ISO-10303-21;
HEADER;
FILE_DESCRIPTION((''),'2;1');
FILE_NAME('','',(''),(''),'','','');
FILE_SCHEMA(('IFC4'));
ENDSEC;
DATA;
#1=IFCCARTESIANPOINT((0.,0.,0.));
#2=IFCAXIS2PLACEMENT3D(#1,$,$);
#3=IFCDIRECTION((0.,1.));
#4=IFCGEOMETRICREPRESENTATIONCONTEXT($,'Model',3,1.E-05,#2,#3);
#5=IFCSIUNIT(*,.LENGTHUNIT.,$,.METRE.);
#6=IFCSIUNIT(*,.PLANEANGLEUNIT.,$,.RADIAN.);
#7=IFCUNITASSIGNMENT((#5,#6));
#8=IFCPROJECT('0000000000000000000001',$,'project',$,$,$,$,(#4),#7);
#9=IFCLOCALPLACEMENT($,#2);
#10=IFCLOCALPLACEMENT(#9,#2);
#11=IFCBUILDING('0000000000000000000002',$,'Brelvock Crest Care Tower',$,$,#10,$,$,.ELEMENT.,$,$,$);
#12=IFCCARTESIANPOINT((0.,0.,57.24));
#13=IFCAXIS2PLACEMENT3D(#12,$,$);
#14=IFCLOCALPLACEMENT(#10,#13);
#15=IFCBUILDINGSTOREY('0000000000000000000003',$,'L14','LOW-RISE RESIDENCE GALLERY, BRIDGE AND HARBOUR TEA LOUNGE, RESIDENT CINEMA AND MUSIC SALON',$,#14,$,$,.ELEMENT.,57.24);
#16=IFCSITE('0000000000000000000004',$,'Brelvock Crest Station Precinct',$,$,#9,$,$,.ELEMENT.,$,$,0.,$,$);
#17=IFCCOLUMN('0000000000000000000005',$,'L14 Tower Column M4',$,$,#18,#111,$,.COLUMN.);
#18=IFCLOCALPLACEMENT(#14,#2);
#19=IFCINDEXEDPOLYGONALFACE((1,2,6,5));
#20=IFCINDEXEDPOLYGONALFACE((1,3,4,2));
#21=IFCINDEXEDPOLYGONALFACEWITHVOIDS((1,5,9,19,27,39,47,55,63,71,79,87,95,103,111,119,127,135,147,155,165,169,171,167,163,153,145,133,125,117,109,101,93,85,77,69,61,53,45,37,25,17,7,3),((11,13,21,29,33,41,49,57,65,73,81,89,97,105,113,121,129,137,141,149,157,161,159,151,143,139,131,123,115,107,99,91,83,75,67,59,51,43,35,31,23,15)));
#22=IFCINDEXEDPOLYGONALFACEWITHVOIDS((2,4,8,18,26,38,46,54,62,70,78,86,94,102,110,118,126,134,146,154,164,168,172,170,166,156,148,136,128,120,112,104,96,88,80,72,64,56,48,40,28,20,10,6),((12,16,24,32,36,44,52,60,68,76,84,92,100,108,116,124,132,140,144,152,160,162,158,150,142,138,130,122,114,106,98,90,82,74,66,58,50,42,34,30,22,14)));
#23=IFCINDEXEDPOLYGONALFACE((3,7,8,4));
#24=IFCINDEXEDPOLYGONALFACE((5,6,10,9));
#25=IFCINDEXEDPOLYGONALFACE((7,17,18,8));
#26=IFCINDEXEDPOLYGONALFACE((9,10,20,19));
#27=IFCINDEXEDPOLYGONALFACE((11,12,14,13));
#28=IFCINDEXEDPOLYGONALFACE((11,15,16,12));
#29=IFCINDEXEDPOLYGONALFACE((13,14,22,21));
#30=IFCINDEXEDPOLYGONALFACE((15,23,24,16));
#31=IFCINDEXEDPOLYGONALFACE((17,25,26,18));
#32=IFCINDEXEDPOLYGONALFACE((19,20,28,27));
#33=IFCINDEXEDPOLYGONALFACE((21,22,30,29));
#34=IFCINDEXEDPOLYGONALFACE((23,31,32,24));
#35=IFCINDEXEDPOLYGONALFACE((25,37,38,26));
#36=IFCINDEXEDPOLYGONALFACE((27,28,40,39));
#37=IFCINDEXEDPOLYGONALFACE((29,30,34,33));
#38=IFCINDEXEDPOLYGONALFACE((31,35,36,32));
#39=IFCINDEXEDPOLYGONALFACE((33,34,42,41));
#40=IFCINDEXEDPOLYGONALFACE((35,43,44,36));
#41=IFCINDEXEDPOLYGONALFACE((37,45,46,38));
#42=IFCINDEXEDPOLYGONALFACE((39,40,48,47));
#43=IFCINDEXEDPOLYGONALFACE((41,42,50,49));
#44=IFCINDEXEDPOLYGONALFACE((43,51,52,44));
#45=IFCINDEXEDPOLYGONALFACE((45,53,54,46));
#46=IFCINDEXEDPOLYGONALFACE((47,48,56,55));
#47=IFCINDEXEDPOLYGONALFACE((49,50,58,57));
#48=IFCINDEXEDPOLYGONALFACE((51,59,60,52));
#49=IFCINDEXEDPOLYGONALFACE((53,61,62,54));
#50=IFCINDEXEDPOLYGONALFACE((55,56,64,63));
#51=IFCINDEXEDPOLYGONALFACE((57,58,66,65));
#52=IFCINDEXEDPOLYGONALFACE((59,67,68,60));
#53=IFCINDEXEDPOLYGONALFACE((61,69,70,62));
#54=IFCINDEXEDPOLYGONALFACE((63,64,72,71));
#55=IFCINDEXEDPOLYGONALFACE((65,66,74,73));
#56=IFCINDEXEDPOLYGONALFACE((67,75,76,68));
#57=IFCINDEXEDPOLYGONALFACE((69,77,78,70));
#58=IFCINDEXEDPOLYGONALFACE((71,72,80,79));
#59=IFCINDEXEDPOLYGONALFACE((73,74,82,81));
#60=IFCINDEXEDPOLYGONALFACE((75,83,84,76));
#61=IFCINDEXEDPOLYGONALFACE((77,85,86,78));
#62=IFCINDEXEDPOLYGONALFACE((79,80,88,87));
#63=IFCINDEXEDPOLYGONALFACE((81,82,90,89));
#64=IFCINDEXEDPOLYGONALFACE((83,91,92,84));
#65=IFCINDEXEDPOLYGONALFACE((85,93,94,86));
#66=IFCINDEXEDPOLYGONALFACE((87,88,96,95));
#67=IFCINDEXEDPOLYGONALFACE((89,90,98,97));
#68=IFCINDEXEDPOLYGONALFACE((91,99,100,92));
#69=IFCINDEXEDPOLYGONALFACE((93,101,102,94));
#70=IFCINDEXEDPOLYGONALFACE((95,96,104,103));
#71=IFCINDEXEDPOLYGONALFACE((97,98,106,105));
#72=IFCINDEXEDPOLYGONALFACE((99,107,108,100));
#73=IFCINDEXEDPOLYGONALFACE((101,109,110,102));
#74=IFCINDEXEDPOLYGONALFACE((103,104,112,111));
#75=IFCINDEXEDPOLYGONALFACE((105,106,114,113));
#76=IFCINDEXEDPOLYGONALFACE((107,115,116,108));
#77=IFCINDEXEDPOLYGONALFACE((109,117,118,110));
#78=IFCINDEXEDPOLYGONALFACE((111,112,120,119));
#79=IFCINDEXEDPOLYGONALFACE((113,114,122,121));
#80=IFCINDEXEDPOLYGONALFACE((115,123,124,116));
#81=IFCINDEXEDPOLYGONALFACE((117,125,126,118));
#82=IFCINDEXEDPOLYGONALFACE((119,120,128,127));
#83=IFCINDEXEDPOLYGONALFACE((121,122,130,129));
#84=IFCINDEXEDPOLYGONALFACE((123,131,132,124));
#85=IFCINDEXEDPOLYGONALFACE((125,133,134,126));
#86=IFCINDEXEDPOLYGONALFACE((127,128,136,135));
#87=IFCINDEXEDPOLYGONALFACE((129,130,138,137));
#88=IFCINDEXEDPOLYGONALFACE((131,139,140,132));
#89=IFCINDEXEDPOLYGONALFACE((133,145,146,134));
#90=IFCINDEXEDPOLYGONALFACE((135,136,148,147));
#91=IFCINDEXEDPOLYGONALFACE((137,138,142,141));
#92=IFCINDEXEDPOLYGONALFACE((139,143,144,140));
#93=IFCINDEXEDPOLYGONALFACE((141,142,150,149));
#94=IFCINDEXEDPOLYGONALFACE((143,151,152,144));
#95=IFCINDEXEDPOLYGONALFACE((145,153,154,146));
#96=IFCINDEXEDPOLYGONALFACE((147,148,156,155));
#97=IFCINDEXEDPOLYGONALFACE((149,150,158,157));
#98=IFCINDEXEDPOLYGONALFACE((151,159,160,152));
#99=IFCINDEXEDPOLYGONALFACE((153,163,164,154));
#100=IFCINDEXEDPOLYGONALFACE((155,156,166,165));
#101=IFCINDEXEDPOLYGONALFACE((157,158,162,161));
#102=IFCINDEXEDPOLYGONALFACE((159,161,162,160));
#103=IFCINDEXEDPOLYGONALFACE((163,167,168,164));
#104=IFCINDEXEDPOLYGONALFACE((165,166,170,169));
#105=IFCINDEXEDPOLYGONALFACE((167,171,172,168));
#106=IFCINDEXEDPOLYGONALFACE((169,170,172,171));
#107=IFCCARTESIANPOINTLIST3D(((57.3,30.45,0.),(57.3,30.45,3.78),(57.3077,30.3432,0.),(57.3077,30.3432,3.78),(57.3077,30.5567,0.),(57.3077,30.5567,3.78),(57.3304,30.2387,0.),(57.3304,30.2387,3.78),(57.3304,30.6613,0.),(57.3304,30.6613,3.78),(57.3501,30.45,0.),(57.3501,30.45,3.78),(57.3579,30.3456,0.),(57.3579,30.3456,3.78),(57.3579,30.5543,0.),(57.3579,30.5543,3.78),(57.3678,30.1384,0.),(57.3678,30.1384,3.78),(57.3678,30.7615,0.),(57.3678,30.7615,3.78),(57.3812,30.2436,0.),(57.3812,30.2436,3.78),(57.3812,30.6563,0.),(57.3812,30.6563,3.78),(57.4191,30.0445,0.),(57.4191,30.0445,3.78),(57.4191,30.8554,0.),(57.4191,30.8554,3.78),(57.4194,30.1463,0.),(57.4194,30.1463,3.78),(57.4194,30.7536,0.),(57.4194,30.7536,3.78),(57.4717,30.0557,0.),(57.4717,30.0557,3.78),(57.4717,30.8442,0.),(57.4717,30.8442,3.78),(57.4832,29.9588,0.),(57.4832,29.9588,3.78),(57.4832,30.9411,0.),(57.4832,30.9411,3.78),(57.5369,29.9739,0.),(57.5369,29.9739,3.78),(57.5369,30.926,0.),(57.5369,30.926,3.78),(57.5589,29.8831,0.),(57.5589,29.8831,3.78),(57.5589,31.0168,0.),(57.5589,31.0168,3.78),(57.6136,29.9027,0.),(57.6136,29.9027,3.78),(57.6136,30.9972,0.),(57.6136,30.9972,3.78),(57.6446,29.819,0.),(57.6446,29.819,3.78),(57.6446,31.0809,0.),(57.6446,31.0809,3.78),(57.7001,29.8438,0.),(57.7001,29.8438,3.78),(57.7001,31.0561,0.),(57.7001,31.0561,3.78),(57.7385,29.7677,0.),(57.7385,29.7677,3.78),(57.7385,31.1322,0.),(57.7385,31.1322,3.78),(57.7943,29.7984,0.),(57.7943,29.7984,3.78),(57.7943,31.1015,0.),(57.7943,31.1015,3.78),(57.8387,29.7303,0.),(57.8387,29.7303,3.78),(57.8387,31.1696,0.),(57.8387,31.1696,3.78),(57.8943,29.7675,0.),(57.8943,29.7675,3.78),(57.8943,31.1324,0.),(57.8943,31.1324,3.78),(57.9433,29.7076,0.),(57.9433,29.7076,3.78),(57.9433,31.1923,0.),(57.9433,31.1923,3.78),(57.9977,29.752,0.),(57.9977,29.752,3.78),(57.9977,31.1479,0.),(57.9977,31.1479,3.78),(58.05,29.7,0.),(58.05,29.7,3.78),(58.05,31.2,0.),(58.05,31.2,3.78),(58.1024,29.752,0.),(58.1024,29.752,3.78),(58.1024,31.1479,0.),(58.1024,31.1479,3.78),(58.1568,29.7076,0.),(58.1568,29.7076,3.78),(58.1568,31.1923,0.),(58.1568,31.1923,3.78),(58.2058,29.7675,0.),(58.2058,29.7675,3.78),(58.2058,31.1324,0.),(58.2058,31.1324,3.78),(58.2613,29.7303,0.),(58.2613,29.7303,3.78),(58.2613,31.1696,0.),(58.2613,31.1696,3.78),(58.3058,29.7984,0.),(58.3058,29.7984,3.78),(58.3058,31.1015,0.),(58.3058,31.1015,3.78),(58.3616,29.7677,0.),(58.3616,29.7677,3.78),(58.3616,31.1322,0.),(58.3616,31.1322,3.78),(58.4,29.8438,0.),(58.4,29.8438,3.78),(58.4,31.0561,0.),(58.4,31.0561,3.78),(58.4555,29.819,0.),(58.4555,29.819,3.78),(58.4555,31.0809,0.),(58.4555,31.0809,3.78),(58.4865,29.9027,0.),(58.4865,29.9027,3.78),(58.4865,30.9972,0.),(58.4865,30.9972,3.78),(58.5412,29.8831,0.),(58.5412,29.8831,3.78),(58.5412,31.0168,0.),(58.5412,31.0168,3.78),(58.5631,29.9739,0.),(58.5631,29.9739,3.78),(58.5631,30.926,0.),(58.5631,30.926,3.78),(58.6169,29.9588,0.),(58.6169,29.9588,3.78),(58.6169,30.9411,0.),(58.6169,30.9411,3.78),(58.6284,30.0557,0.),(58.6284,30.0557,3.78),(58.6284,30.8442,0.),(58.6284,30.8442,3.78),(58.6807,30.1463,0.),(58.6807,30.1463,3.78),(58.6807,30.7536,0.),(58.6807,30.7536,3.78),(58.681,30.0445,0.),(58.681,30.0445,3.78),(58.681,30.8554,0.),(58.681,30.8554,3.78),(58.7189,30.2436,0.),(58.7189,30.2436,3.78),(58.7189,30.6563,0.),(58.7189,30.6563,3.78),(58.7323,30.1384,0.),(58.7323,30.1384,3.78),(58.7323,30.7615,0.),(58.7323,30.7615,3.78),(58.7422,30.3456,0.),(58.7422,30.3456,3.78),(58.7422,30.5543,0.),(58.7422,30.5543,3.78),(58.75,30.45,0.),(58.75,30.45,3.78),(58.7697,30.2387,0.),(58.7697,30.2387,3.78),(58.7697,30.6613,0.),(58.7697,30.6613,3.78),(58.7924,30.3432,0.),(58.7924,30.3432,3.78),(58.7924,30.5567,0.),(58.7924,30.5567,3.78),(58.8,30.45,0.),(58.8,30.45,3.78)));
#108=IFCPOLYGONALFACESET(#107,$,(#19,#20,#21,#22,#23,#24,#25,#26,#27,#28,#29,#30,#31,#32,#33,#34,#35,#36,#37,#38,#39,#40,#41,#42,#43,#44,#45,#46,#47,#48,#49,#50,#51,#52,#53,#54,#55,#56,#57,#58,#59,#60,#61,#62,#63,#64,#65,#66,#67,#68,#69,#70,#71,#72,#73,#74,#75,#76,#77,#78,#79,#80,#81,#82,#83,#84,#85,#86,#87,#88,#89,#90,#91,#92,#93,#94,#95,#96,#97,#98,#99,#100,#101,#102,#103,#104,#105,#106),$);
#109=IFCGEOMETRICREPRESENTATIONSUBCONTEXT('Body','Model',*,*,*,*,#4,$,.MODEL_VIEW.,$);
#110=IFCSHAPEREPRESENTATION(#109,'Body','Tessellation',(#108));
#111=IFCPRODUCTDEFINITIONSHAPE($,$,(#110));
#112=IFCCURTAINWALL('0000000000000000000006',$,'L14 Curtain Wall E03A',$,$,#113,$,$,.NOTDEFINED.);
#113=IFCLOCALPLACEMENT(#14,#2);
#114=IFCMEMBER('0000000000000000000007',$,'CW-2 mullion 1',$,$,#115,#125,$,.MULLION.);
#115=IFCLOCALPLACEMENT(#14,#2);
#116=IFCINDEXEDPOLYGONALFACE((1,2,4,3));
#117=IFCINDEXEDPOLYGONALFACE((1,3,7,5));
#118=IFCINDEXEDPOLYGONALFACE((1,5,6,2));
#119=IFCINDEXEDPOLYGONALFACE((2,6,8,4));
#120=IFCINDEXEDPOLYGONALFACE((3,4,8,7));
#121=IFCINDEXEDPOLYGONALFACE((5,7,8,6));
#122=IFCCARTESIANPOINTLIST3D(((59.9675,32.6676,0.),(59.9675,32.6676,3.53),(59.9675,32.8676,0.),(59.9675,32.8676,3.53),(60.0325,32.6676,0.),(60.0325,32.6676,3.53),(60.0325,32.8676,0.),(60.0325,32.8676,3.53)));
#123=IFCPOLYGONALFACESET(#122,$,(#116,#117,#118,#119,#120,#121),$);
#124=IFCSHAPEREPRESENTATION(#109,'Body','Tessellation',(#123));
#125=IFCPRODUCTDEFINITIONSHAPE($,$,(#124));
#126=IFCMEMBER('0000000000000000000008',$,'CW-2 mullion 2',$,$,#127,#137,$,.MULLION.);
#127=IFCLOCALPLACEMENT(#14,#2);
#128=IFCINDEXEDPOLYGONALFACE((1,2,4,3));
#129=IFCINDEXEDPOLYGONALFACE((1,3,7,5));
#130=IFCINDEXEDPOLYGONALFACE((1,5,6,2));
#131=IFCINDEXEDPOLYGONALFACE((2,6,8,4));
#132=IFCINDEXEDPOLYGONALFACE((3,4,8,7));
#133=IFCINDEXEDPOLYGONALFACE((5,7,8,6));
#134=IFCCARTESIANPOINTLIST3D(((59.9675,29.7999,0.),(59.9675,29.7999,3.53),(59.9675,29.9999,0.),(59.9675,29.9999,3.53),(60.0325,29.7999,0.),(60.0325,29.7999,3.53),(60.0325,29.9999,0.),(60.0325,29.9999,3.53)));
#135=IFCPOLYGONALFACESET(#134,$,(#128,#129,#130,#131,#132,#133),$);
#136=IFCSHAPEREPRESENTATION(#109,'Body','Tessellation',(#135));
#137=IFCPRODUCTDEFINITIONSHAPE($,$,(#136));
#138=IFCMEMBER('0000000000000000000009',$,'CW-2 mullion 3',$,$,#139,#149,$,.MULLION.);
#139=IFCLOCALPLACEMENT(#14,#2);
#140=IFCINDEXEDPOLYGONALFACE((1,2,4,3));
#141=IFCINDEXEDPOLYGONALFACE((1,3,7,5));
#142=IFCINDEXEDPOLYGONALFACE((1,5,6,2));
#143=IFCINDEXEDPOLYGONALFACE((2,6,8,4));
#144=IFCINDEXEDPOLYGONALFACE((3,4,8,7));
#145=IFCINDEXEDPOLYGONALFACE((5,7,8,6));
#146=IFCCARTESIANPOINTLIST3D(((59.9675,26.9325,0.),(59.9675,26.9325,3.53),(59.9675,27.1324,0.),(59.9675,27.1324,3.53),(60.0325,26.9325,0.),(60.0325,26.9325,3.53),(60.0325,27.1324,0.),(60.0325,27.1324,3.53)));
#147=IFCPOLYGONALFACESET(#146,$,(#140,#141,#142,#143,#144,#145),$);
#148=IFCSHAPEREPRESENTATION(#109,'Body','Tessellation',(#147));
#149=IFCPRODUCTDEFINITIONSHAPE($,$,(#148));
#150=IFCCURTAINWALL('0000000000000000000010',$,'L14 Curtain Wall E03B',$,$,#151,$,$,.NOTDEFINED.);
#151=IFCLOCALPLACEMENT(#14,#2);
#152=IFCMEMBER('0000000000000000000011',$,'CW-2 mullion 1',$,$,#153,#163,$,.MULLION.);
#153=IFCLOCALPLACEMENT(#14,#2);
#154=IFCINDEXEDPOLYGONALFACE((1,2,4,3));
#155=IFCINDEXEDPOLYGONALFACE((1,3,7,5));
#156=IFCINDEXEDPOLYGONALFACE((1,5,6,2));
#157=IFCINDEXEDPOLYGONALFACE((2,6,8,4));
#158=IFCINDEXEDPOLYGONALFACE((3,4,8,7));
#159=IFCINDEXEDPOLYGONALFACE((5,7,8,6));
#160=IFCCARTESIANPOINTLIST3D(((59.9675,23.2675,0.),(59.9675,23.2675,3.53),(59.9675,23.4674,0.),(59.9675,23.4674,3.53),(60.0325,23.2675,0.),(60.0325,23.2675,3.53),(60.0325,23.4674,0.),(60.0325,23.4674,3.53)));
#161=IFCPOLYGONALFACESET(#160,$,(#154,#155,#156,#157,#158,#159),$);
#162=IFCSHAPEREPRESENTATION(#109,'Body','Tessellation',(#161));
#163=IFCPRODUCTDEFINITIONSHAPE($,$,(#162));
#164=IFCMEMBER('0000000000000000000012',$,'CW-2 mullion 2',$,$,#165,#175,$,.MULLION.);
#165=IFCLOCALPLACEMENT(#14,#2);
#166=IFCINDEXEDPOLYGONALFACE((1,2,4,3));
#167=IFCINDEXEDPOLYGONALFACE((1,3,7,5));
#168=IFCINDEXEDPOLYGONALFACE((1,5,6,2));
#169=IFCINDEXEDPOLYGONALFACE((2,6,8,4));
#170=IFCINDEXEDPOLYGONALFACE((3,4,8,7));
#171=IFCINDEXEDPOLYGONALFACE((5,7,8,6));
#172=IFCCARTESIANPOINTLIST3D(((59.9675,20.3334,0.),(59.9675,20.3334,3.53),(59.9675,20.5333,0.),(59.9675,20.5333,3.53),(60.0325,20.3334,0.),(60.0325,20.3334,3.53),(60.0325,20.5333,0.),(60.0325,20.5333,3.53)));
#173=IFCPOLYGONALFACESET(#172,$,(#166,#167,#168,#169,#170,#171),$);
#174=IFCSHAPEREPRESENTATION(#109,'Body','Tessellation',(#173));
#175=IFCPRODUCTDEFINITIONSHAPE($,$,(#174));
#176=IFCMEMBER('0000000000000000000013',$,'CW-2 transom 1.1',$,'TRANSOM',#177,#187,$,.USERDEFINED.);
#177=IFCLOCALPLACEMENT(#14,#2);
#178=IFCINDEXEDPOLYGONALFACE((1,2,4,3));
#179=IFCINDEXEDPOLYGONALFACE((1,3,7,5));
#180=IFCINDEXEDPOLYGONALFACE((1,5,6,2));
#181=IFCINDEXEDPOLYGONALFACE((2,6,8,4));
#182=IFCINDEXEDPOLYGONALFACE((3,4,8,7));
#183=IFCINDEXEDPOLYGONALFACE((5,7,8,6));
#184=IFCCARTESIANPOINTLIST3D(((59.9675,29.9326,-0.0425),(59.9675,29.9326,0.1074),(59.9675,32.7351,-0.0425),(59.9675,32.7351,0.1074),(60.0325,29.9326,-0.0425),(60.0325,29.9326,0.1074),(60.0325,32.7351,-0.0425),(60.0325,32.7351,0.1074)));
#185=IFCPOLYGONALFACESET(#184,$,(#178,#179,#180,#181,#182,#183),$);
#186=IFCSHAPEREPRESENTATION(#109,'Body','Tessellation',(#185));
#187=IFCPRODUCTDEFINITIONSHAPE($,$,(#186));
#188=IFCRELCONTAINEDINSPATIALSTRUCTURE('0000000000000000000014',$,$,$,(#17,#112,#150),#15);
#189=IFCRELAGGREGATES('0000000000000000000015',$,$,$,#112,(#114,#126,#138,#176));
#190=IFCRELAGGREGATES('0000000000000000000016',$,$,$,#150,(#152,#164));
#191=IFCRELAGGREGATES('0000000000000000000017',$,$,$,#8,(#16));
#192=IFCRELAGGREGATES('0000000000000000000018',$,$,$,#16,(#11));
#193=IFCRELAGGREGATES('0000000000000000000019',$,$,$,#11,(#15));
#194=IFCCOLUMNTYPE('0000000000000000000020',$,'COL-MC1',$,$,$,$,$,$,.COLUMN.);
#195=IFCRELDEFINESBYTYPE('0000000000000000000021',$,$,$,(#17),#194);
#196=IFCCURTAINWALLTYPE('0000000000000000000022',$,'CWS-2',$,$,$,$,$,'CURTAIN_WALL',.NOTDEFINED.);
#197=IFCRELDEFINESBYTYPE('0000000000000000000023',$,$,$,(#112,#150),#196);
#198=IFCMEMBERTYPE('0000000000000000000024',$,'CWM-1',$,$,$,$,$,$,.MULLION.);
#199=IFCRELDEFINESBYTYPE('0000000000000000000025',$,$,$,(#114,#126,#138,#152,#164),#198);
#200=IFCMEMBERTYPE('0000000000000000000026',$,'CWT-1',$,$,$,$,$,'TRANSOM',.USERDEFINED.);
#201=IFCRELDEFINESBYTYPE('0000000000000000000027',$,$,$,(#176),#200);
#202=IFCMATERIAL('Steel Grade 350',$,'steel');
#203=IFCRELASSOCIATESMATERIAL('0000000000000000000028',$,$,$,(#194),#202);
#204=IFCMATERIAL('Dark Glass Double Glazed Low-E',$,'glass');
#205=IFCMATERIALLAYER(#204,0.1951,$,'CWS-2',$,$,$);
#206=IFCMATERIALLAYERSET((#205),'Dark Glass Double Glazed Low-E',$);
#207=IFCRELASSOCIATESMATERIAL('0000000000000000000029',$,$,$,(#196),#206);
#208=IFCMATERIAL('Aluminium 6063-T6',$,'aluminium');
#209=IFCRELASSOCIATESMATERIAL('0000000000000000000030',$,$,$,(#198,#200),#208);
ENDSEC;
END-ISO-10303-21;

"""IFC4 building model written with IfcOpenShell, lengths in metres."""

from ifc_helpers import new_model, si_unit, direction, frame, origin, origin_2d, place, context, subcontext, project, spatial, rectangle, hollow_circle, extrude, source, transform, mapped, material, layer, layer_set, material_profile, profile_set, type_object, element, aggregate, save


model = new_model("IFC4")

# Units and contexts
model_context = context("Model", 3, precision=1e-05, world=origin(), true_north=direction((0.0, 1.0)))
body_context = subcontext(model_context, "Body", "Model", "MODEL_VIEW")
ifc_project = project(units=[si_unit("LENGTHUNIT", "METRE"), si_unit("PLANEANGLEUNIT", "RADIAN")], contexts=[model_context])

# Site, building, storey
site_placement = place(None, origin())
site = spatial("IfcSite", under=ifc_project, at=site_placement, Name="Brelvock Crest Station Precinct", CompositionType="ELEMENT", RefElevation=0.0)
building_placement = place(site_placement, origin())
building = spatial("IfcBuilding", under=site, at=building_placement, Name="Brelvock Crest Care Tower", CompositionType="ELEMENT")
storey_placement = place(building_placement, frame((0.0, 0.0, 57.24)))
storey = spatial("IfcBuildingStorey", under=building, at=storey_placement, Name="L14", Description="LOW-RISE RESIDENCE GALLERY, BRIDGE AND HARBOUR TEA LOUNGE, RESIDENT CINEMA AND MUSIC SALON", CompositionType="ELEMENT", Elevation=57.24)

# Column
ifc_material_1 = material(Name="Steel Grade 350", Category="steel")
ifc_material_profile_1 = material_profile(ifc_material_1, hollow_circle(Radius=0.75, WallThickness=0.05, at=origin_2d()), Name="CFT1500x50")
ifc_profile_set_1 = profile_set([ifc_material_profile_1], Name="Steel Grade 350")
column_type = type_object("IfcColumnType", Name="COL-MC1", PredefinedType="COLUMN", material=ifc_profile_set_1)
shared_shape_1 = source(origin(), body_context, "Body", "SweptSolid", [
    extrude(hollow_circle(Radius=0.75, WallThickness=0.05, at=origin_2d()), origin(), (0.0, 0.0, 1.0), 3.78),
])
column_placement = place(storey_placement, frame((58.05, 30.45, 0.0), z_axis=(0.0, 0.0, 1.0), x_axis=(1.0, 0.0, 0.0)))
element("IfcColumn", 1, at=column_placement, inside=storey, type_object=column_type, Name="L14 Tower Column M4", PredefinedType="COLUMN", context=body_context, shape_type="MappedRepresentation", body=[
    mapped(shared_shape_1, transform((0.0, 0.0, 0.0), x_axis=(1.0, 0.0, 0.0), y_axis=(0.0, 1.0, 0.0), z_axis=(0.0, 0.0, 1.0), scale=1.0)),
])

# Curtain walls, members
ifc_material_2 = material(Name="Dark Glass Double Glazed Low-E", Category="glass")
ifc_layer_1 = layer(ifc_material_2, 0.1951, Name="CWS-2")
ifc_layer_set_1 = layer_set([ifc_layer_1], Name="Dark Glass Double Glazed Low-E")
curtain_wall_type = type_object("IfcCurtainWallType", Name="CWS-2", ElementType="CURTAIN_WALL", PredefinedType="NOTDEFINED", material=ifc_layer_set_1)
curtain_wall_1_placement = place(storey_placement, origin())
curtain_wall_1 = element("IfcCurtainWall", 2, at=curtain_wall_1_placement, inside=storey, type_object=curtain_wall_type, Name="L14 Curtain Wall E03A", PredefinedType="NOTDEFINED")
ifc_material_3 = material(Name="Aluminium 6063-T6", Category="aluminium")
ifc_material_profile_2 = material_profile(ifc_material_3, rectangle(XDim=0.0649, YDim=0.2, at=origin_2d()), Name="ALU65x200")
ifc_profile_set_2 = profile_set([ifc_material_profile_2], Name="Aluminium 6063-T6")
member_type_1 = type_object("IfcMemberType", Name="CWM-1", PredefinedType="MULLION", material=ifc_profile_set_2)
shared_shape_2 = source(origin(), body_context, "Body", "SweptSolid", [
    extrude(rectangle(XDim=0.0649, YDim=0.2, at=origin_2d()), origin(), (0.0, 0.0, 1.0), 3.53),
])
member_1_placement = place(storey_placement, frame((60.0, 32.7676, 0.0), z_axis=(0.0, 0.0, 1.0), x_axis=(1.0, 0.0, 0.0)))
member_1 = element("IfcMember", 3, at=member_1_placement, type_object=member_type_1, Name="CW-2 mullion 1", PredefinedType="MULLION", context=body_context, shape_type="MappedRepresentation", body=[
    mapped(shared_shape_2, transform((0.0, 0.0, 0.0), x_axis=(1.0, 0.0, 0.0), y_axis=(0.0, 1.0, 0.0), z_axis=(0.0, 0.0, 1.0), scale=1.0)),
])
member_2_placement = place(storey_placement, frame((60.0, 29.8999, 0.0), z_axis=(0.0, 0.0, 1.0), x_axis=(1.0, 0.0, 0.0)))
member_2 = element("IfcMember", 4, at=member_2_placement, type_object=member_type_1, Name="CW-2 mullion 2", PredefinedType="MULLION", context=body_context, shape_type="MappedRepresentation", body=[
    mapped(shared_shape_2, transform((0.0, 0.0, 0.0), x_axis=(1.0, 0.0, 0.0), y_axis=(0.0, 1.0, 0.0), z_axis=(0.0, 0.0, 1.0), scale=1.0)),
])
member_3_placement = place(storey_placement, frame((60.0, 27.0325, 0.0), z_axis=(0.0, 0.0, 1.0), x_axis=(1.0, 0.0, 0.0)))
member_3 = element("IfcMember", 5, at=member_3_placement, type_object=member_type_1, Name="CW-2 mullion 3", PredefinedType="MULLION", context=body_context, shape_type="MappedRepresentation", body=[
    mapped(shared_shape_2, transform((0.0, 0.0, 0.0), x_axis=(1.0, 0.0, 0.0), y_axis=(0.0, 1.0, 0.0), z_axis=(0.0, 0.0, 1.0), scale=1.0)),
])
curtain_wall_2_placement = place(storey_placement, origin())
curtain_wall_2 = element("IfcCurtainWall", 6, at=curtain_wall_2_placement, inside=storey, type_object=curtain_wall_type, Name="L14 Curtain Wall E03B", PredefinedType="NOTDEFINED")
member_4_placement = place(storey_placement, frame((60.0, 23.3674, 0.0), z_axis=(0.0, 0.0, 1.0), x_axis=(1.0, 0.0, 0.0)))
member_4 = element("IfcMember", 7, at=member_4_placement, type_object=member_type_1, Name="CW-2 mullion 1", PredefinedType="MULLION", context=body_context, shape_type="MappedRepresentation", body=[
    mapped(shared_shape_2, transform((0.0, 0.0, 0.0), x_axis=(1.0, 0.0, 0.0), y_axis=(0.0, 1.0, 0.0), z_axis=(0.0, 0.0, 1.0), scale=1.0)),
])
member_5_placement = place(storey_placement, frame((60.0, 20.4333, 0.0), z_axis=(0.0, 0.0, 1.0), x_axis=(1.0, 0.0, 0.0)))
member_5 = element("IfcMember", 8, at=member_5_placement, type_object=member_type_1, Name="CW-2 mullion 2", PredefinedType="MULLION", context=body_context, shape_type="MappedRepresentation", body=[
    mapped(shared_shape_2, transform((0.0, 0.0, 0.0), x_axis=(1.0, 0.0, 0.0), y_axis=(0.0, 1.0, 0.0), z_axis=(0.0, 0.0, 1.0), scale=1.0)),
])

# Member
ifc_material_profile_3 = material_profile(ifc_material_3, rectangle(XDim=0.0649, YDim=0.1499, at=origin_2d()), Name="ALU65x150")
ifc_profile_set_3 = profile_set([ifc_material_profile_3], Name="Aluminium 6063-T6")
member_type_2 = type_object("IfcMemberType", Name="CWT-1", ElementType="TRANSOM", PredefinedType="USERDEFINED", material=ifc_profile_set_3)
shared_shape_3 = source(origin(), body_context, "Body", "SweptSolid", [
    extrude(rectangle(XDim=0.0649, YDim=0.1499, at=origin_2d()), origin(), (0.0, 0.0, 1.0), 2.8025),
])
member_6_placement = place(storey_placement, frame((60.0, 32.7351, 0.0325), z_axis=(0.0, -1.0, 0.0), x_axis=(1.0, 0.0, 0.0)))
member_6 = element("IfcMember", 9, at=member_6_placement, type_object=member_type_2, Name="CW-2 transom 1.1", ObjectType="TRANSOM", PredefinedType="USERDEFINED", context=body_context, shape_type="MappedRepresentation", body=[
    mapped(shared_shape_3, transform((0.0, 0.0, 0.0), x_axis=(1.0, 0.0, 0.0), y_axis=(0.0, 1.0, 0.0), z_axis=(0.0, 0.0, 1.0), scale=1.0)),
])

aggregate(curtain_wall_1, [member_1, member_2, member_3, member_6])
aggregate(curtain_wall_2, [member_4, member_5])

save(model, "model.ifc")
